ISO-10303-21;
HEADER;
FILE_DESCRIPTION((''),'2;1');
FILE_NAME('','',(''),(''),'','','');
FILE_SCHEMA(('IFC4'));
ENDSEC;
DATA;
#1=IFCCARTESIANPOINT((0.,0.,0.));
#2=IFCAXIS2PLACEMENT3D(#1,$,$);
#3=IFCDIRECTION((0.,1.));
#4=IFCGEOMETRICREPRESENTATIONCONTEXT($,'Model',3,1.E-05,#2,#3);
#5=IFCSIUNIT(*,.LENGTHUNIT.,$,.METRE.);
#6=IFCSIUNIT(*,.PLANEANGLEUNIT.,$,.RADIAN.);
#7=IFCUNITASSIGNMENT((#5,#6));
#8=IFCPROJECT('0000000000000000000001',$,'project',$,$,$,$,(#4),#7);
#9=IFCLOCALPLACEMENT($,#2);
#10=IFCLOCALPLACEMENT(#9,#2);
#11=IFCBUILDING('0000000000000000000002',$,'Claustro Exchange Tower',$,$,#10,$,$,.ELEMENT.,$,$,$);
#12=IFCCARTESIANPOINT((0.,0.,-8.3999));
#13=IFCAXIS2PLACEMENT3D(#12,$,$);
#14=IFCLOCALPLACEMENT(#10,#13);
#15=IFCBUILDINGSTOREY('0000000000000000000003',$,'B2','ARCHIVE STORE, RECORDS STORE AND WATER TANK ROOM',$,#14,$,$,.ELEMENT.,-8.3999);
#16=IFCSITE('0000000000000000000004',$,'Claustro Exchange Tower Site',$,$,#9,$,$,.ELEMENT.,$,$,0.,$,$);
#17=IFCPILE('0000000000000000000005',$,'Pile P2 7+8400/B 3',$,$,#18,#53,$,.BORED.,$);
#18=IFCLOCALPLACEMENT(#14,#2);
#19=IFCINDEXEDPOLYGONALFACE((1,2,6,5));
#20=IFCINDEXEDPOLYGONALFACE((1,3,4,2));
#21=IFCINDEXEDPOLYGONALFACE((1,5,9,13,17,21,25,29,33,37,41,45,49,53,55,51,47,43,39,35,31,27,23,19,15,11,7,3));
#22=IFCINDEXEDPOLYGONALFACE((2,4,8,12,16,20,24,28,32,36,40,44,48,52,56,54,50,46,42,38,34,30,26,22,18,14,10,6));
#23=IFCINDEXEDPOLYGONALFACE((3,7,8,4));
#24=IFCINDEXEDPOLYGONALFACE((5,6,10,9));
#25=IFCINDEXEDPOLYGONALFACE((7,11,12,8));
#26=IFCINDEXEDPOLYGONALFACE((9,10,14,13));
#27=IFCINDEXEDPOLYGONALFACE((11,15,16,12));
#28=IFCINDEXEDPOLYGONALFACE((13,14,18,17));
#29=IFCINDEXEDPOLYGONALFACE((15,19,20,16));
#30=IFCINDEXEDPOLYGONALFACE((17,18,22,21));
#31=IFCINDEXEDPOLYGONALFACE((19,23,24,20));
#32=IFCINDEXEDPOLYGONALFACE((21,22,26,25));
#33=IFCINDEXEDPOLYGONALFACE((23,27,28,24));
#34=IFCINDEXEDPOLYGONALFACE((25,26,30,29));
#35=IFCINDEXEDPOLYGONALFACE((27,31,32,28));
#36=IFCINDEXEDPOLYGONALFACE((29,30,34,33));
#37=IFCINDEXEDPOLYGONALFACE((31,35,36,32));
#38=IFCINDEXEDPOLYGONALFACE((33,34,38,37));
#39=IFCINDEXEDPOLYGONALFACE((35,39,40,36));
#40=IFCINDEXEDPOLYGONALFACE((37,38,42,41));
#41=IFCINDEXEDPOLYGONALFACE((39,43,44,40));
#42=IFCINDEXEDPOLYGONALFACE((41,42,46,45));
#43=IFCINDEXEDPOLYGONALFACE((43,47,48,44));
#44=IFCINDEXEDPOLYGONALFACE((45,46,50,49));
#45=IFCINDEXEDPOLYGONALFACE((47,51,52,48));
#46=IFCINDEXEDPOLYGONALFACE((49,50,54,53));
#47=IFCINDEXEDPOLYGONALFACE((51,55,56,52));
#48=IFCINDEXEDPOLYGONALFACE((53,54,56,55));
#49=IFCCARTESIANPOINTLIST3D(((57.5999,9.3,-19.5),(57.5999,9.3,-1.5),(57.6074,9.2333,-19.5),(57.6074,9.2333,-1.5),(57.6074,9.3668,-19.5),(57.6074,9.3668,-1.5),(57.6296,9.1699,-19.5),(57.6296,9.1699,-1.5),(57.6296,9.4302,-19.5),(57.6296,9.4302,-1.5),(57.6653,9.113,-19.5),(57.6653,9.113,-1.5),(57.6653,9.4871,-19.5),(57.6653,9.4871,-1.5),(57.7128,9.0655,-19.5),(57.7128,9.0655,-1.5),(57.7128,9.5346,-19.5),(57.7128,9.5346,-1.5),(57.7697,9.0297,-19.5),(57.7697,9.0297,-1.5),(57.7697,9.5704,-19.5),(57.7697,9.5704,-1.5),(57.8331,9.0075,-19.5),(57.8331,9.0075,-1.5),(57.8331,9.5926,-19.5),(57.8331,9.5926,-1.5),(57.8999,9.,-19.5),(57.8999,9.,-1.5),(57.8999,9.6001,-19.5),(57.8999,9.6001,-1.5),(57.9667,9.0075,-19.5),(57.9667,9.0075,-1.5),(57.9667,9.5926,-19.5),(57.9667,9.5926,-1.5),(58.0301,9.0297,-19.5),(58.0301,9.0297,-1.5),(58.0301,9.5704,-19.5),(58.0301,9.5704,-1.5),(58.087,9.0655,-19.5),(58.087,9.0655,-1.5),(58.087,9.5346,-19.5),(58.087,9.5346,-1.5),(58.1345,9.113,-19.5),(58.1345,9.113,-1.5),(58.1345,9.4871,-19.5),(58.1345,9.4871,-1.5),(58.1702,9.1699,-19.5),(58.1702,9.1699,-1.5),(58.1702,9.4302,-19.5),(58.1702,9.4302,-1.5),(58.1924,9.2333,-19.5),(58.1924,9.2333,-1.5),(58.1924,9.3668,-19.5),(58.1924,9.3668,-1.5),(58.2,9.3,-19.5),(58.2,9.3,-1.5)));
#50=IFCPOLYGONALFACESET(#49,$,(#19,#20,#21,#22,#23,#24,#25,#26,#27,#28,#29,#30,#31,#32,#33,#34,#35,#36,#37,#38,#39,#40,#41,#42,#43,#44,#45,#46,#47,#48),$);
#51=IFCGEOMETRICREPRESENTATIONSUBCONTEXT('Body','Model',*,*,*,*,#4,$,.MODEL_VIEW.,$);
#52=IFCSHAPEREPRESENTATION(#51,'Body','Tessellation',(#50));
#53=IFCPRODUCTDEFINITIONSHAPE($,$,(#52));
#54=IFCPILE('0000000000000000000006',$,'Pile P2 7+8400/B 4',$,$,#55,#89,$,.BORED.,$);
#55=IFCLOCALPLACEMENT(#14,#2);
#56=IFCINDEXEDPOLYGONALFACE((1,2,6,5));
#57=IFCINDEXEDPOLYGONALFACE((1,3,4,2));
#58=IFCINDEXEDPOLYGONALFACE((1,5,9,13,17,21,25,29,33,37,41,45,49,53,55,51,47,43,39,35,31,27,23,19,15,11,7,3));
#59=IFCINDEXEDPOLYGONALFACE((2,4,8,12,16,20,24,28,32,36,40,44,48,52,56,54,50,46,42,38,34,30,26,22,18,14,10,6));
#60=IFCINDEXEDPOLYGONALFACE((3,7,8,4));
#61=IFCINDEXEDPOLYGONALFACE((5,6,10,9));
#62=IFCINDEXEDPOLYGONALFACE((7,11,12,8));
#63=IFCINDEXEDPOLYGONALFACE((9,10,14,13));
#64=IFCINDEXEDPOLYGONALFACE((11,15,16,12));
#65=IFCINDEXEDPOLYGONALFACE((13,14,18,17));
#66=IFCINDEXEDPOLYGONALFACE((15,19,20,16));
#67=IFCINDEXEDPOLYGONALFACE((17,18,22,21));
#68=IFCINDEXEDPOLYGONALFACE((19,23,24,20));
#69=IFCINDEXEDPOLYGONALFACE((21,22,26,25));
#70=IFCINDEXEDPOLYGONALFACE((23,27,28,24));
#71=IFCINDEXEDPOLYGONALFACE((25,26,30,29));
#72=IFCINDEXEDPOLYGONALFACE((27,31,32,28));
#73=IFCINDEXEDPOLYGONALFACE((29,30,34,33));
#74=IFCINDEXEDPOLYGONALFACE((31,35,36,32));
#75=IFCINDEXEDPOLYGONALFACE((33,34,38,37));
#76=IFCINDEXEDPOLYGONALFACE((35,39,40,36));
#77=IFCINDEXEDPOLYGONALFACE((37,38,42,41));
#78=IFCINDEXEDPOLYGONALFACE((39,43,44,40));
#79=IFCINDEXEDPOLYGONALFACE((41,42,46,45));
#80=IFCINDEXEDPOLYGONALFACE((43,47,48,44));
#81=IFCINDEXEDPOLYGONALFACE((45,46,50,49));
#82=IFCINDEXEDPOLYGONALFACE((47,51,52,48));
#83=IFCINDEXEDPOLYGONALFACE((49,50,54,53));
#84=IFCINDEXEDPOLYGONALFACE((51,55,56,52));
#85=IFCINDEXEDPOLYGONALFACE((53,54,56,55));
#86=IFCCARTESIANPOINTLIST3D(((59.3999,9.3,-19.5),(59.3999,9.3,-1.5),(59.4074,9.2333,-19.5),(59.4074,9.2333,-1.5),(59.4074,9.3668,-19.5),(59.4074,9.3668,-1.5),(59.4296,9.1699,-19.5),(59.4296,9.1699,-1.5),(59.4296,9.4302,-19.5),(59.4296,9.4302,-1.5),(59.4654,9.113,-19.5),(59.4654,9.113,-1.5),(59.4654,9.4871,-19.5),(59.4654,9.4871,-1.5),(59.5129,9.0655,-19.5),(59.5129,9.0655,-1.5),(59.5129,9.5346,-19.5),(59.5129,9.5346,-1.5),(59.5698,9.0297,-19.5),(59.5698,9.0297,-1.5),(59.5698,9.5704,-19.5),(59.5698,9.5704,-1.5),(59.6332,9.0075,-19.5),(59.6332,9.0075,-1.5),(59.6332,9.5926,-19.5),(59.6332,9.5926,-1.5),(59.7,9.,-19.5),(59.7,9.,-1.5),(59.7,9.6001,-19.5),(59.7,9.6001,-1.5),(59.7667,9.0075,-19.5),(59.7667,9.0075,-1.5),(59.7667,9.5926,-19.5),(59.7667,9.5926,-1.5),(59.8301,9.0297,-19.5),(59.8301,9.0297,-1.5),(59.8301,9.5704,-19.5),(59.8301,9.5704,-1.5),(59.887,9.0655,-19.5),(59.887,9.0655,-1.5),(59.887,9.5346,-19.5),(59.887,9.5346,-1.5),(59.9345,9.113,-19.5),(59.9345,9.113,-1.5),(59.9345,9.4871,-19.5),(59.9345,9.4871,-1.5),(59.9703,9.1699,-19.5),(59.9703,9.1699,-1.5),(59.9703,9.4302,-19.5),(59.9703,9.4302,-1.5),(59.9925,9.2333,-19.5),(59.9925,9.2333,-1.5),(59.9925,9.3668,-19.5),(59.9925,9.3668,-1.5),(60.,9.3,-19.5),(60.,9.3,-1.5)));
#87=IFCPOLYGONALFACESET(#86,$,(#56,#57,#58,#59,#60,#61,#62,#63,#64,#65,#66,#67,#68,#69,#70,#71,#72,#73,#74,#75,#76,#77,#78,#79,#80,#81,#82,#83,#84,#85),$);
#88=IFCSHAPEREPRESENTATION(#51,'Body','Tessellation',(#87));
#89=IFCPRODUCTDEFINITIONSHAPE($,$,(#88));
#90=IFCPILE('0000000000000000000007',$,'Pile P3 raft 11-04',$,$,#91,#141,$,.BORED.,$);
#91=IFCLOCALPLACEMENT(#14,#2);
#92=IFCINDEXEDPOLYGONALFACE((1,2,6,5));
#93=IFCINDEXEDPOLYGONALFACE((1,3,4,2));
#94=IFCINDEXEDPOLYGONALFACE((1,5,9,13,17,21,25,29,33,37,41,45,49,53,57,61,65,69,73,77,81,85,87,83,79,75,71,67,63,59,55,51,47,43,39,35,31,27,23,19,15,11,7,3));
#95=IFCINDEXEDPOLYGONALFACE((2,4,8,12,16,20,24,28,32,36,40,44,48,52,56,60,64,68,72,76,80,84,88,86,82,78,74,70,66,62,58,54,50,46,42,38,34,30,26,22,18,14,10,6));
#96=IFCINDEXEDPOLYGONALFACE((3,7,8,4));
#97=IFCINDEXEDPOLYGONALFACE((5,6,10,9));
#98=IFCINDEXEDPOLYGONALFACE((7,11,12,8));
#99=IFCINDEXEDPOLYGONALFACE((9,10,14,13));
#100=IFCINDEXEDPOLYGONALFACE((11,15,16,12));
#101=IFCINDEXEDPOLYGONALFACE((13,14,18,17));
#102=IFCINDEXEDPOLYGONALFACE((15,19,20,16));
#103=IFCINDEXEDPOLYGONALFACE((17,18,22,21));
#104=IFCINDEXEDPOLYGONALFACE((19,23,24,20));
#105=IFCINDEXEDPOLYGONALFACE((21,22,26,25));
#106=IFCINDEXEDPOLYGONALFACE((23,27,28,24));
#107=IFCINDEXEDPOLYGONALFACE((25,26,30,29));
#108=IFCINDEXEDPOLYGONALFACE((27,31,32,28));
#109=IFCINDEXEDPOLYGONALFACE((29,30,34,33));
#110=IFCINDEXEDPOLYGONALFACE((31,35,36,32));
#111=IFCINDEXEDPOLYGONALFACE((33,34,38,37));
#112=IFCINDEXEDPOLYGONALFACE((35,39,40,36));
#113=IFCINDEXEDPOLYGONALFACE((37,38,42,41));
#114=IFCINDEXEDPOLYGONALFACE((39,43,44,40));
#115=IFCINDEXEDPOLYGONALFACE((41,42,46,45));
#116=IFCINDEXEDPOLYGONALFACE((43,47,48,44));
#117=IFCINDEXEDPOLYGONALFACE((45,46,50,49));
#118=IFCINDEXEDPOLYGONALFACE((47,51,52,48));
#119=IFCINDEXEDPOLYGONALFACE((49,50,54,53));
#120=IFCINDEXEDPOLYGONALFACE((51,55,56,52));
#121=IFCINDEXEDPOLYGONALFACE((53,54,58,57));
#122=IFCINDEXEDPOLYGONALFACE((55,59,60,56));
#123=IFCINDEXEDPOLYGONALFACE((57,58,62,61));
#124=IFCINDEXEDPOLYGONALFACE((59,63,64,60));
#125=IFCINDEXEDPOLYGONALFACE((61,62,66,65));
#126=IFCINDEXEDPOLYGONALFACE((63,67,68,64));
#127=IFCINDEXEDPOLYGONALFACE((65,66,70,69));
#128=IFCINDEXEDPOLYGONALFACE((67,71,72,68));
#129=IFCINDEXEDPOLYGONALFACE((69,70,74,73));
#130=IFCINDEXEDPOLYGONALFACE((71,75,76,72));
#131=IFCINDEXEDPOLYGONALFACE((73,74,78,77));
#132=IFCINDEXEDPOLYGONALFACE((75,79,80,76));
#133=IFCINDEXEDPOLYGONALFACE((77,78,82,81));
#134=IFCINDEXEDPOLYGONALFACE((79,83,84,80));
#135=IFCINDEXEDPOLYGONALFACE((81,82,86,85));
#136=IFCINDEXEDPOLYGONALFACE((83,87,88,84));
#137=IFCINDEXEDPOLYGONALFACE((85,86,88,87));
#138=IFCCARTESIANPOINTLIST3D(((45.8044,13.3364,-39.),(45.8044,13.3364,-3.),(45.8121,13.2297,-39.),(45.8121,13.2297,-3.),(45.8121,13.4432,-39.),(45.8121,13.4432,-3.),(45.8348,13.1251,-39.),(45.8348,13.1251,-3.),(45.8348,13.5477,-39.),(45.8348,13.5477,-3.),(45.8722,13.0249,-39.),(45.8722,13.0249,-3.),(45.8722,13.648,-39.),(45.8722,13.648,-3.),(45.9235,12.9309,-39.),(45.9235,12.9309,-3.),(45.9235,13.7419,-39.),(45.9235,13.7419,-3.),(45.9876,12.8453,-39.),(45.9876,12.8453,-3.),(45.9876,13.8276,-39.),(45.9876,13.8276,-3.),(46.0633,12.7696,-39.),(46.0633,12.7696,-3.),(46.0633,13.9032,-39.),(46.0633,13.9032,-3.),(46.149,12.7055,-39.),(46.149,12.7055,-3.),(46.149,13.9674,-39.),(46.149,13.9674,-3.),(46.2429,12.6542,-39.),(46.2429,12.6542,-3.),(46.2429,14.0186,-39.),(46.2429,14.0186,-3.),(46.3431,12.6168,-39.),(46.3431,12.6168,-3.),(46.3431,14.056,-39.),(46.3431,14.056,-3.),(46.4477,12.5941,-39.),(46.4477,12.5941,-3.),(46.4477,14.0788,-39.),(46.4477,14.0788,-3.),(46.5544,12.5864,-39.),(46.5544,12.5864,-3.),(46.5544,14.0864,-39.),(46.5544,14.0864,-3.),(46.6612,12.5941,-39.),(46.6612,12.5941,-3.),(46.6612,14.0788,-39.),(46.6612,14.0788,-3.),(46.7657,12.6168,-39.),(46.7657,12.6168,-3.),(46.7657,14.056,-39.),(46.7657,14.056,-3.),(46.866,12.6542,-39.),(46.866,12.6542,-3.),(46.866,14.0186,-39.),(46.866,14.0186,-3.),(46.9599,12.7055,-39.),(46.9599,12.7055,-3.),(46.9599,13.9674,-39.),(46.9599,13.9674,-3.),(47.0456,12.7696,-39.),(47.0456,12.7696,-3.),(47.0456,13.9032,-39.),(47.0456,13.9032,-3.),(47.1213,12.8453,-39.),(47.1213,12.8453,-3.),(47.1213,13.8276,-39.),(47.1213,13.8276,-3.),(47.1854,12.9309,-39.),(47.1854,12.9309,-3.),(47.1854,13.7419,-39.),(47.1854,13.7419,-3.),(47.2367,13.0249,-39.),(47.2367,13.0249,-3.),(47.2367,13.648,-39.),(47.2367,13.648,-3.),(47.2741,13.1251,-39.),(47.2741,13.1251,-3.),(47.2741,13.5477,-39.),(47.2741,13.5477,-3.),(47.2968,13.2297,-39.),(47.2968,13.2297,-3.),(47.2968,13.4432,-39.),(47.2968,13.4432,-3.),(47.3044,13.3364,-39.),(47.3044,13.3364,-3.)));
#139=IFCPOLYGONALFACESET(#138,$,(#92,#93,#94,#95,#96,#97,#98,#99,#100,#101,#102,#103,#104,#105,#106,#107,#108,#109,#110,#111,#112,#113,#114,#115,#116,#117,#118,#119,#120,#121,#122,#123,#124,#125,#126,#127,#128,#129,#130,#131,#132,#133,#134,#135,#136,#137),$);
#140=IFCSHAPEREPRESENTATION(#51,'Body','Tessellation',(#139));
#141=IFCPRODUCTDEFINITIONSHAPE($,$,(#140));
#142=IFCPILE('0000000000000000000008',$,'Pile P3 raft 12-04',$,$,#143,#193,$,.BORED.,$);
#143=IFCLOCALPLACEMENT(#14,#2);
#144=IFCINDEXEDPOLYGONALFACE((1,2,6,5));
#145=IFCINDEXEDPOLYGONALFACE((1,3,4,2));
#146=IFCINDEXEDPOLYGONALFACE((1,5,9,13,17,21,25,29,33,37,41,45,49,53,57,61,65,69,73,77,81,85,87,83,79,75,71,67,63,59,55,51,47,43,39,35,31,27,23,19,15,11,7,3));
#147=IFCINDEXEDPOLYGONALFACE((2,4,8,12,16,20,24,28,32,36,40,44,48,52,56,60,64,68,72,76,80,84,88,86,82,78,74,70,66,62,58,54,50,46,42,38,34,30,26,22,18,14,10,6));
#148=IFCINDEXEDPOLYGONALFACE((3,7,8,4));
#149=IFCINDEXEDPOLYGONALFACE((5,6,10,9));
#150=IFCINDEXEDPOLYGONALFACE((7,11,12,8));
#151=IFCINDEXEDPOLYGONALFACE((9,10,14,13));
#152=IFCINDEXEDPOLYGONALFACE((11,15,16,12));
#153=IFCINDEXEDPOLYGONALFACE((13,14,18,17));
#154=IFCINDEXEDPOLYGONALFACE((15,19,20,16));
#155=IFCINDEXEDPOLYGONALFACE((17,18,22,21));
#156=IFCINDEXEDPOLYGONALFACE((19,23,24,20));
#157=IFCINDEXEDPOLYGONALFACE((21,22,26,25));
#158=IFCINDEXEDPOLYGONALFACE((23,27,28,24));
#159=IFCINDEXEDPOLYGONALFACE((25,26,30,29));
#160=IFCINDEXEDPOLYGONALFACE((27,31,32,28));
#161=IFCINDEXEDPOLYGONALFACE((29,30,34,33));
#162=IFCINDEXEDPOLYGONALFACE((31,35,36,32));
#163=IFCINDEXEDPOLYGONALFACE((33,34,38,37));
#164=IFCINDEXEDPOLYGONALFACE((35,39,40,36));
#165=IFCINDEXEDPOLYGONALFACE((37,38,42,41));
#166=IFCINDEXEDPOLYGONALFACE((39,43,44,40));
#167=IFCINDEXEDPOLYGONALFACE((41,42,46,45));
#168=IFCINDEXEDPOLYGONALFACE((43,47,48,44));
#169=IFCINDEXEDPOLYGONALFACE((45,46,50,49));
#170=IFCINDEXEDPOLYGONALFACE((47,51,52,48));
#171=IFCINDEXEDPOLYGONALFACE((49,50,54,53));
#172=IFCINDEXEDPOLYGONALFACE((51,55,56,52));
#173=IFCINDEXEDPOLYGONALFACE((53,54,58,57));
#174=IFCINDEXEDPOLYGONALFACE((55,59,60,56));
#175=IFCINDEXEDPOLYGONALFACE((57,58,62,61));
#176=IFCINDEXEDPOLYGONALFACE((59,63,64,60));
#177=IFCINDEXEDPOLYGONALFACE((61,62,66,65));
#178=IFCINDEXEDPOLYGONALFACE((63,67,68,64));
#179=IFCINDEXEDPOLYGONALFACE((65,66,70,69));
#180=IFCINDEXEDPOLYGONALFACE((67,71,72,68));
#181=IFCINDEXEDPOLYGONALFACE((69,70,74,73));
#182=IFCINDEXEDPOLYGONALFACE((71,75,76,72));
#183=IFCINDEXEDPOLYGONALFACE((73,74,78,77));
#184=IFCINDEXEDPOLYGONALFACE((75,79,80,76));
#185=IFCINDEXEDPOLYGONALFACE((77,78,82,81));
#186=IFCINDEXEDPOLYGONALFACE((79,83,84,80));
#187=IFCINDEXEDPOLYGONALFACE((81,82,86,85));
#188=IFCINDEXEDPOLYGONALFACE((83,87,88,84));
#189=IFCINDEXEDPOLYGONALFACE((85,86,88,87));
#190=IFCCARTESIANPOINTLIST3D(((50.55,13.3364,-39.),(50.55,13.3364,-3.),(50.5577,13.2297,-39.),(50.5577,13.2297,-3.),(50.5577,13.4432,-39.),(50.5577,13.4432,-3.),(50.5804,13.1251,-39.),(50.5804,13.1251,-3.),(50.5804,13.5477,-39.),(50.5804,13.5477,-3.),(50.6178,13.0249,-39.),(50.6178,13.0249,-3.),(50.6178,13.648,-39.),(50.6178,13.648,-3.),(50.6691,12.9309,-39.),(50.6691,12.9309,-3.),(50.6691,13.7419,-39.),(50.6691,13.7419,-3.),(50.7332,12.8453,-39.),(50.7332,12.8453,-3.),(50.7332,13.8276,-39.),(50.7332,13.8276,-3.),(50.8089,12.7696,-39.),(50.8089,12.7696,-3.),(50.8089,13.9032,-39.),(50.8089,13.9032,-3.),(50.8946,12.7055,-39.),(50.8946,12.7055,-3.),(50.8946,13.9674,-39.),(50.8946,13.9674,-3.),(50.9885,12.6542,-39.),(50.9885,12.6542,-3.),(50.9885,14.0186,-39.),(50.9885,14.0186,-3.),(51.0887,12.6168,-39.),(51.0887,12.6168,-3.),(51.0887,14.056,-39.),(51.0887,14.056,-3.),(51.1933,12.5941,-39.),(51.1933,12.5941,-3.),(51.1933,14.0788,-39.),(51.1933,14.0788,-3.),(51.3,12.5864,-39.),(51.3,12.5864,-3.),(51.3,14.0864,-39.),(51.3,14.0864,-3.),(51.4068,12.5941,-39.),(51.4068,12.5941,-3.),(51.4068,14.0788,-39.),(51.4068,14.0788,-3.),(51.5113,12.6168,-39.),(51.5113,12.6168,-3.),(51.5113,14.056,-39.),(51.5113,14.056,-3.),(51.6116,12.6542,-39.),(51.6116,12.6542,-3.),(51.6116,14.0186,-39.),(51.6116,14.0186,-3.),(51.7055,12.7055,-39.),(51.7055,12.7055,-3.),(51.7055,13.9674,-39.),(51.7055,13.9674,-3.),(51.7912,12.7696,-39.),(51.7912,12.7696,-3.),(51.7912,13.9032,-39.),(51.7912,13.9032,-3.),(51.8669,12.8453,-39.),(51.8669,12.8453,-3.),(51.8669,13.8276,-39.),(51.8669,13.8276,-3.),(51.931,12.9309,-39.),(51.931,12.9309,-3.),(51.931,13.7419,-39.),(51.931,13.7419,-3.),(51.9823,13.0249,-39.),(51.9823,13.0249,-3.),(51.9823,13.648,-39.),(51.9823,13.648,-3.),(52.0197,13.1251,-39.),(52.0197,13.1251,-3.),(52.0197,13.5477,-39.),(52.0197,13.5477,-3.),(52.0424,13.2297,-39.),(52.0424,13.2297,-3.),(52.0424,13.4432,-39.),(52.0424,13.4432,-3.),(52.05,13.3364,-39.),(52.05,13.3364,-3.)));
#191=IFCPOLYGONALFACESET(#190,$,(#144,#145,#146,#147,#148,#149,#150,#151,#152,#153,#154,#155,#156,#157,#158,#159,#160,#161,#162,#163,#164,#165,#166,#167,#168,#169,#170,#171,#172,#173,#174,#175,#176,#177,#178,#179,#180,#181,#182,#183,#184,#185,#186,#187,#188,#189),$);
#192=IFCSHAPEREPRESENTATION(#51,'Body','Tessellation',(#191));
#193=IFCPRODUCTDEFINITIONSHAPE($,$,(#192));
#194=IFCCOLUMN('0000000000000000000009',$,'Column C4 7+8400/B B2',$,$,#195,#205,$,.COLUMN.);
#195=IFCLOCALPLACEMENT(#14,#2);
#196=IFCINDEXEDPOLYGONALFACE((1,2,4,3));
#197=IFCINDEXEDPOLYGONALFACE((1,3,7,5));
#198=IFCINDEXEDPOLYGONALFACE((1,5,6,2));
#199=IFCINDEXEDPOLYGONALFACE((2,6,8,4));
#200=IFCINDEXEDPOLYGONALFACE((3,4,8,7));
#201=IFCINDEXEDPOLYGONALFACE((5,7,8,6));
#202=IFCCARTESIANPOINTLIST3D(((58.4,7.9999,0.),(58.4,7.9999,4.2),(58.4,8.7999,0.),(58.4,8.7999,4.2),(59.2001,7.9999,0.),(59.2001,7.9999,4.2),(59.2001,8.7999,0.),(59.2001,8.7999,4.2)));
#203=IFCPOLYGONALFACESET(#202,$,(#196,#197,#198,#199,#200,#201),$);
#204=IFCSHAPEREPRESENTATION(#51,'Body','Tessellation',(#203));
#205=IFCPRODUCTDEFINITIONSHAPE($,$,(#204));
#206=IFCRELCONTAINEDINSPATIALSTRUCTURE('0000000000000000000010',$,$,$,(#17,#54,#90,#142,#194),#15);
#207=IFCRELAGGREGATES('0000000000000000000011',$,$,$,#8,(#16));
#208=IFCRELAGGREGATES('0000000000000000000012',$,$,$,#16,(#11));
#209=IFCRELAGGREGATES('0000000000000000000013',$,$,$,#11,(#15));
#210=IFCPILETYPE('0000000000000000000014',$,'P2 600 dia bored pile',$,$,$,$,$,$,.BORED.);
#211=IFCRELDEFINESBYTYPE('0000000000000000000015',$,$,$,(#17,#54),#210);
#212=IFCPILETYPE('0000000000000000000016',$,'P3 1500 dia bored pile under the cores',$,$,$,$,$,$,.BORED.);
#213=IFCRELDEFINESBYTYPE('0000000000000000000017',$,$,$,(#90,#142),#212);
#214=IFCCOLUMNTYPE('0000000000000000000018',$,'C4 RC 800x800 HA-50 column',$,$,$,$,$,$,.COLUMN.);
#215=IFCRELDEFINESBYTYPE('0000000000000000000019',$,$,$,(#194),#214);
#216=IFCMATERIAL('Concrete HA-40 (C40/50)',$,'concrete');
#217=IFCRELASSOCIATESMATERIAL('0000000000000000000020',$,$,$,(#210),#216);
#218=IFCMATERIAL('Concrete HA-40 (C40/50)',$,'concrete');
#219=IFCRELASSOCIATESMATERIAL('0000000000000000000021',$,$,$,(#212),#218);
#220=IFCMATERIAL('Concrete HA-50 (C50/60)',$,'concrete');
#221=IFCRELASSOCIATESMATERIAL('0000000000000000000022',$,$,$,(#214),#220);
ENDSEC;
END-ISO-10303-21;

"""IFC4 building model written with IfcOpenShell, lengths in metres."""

from ifc_helpers import new_model, si_unit, direction, frame, origin, origin_2d, place, context, subcontext, project, spatial, rectangle, circle, extrude, material, material_profile, profile_set, type_object, element, save


model = new_model("IFC4")

# Units and contexts
model_context = context("Model", 3, precision=1e-05, world=origin(), true_north=direction((0.0, 1.0)))
body_context = subcontext(model_context, "Body", "Model", "MODEL_VIEW")
ifc_project = project(units=[si_unit("LENGTHUNIT", "METRE"), si_unit("PLANEANGLEUNIT", "RADIAN")], contexts=[model_context])

# Site, building, storey
site_placement = place(None, origin())
site = spatial("IfcSite", under=ifc_project, at=site_placement, Name="Claustro Exchange Tower Site", CompositionType="ELEMENT", RefElevation=0.0)
building_placement = place(site_placement, origin())
building = spatial("IfcBuilding", under=site, at=building_placement, Name="Claustro Exchange Tower", CompositionType="ELEMENT")
storey_placement = place(building_placement, frame((0.0, 0.0, -8.3999)))
storey = spatial("IfcBuildingStorey", under=building, at=storey_placement, Name="B2", Description="ARCHIVE STORE, RECORDS STORE AND WATER TANK ROOM", CompositionType="ELEMENT", Elevation=-8.3999)

# Piles
ifc_material_1 = material(Name="Concrete HA-40 (C40/50)", Category="concrete")
pile_type_1 = type_object("IfcPileType", Name="P2 600 dia bored pile", PredefinedType="BORED", material=ifc_material_1)
for number, where, z_axis, x_axis, name in (
    (1, (57.8999, 9.3, -1.5), (0.0, 0.0, -1.0), (1.0, 0.0, 0.0), "Pile P2 7+8400/B 3"),
    (2, (59.7, 9.3, -1.5), (0.0, 0.0, -1.0), (1.0, 0.0, 0.0), "Pile P2 7+8400/B 4"),
):
    element("IfcPile", number, at=place(storey_placement, frame(where, z_axis=z_axis, x_axis=x_axis)), inside=storey, type_object=pile_type_1, Name=name, PredefinedType="BORED", context=body_context, shape_type="SweptSolid", body=[
        extrude(circle(Radius=0.3, at=origin_2d()), origin(), (0.0, 0.0, 1.0), 18.0),
    ])
ifc_material_2 = material(Name="Concrete HA-40 (C40/50)", Category="concrete")
pile_type_2 = type_object("IfcPileType", Name="P3 1500 dia bored pile under the cores", PredefinedType="BORED", material=ifc_material_2)
for number, where, z_axis, x_axis, name in (
    (3, (46.5544, 13.3364, -3.0), (0.0, 0.0, -1.0), (1.0, 0.0, 0.0), "Pile P3 raft 11-04"),
    (4, (51.3, 13.3364, -3.0), (0.0, 0.0, -1.0), (1.0, 0.0, 0.0), "Pile P3 raft 12-04"),
):
    element("IfcPile", number, at=place(storey_placement, frame(where, z_axis=z_axis, x_axis=x_axis)), inside=storey, type_object=pile_type_2, Name=name, PredefinedType="BORED", context=body_context, shape_type="SweptSolid", body=[
        extrude(circle(Radius=0.75, at=origin_2d()), origin(), (0.0, 0.0, 1.0), 36.0),
    ])

# Column
ifc_material_3 = material(Name="Concrete HA-50 (C50/60)", Category="concrete")
ifc_material_profile_1 = material_profile(ifc_material_3, rectangle(XDim=0.8, YDim=0.8, at=origin_2d()), Name="RC 800x800")
ifc_profile_set_1 = profile_set([ifc_material_profile_1], Name="Concrete HA-50 (C50/60)")
column_type_1 = type_object("IfcColumnType", Name="C4 RC 800x800 HA-50 column", PredefinedType="COLUMN", material=ifc_profile_set_1)
column_1_placement = place(storey_placement, frame((58.8, 8.3999, 0.0), z_axis=(0.0, 0.0, 1.0), x_axis=(1.0, 0.0, 0.0)))
element("IfcColumn", 5, at=column_1_placement, inside=storey, type_object=column_type_1, Name="Column C4 7+8400/B B2", PredefinedType="COLUMN", context=body_context, shape_type="SweptSolid", body=[
    extrude(rectangle(XDim=0.8, YDim=0.8, at=origin_2d()), origin(), (0.0, 0.0, 1.0), 4.2),
])

save(model, "model.ifc")
